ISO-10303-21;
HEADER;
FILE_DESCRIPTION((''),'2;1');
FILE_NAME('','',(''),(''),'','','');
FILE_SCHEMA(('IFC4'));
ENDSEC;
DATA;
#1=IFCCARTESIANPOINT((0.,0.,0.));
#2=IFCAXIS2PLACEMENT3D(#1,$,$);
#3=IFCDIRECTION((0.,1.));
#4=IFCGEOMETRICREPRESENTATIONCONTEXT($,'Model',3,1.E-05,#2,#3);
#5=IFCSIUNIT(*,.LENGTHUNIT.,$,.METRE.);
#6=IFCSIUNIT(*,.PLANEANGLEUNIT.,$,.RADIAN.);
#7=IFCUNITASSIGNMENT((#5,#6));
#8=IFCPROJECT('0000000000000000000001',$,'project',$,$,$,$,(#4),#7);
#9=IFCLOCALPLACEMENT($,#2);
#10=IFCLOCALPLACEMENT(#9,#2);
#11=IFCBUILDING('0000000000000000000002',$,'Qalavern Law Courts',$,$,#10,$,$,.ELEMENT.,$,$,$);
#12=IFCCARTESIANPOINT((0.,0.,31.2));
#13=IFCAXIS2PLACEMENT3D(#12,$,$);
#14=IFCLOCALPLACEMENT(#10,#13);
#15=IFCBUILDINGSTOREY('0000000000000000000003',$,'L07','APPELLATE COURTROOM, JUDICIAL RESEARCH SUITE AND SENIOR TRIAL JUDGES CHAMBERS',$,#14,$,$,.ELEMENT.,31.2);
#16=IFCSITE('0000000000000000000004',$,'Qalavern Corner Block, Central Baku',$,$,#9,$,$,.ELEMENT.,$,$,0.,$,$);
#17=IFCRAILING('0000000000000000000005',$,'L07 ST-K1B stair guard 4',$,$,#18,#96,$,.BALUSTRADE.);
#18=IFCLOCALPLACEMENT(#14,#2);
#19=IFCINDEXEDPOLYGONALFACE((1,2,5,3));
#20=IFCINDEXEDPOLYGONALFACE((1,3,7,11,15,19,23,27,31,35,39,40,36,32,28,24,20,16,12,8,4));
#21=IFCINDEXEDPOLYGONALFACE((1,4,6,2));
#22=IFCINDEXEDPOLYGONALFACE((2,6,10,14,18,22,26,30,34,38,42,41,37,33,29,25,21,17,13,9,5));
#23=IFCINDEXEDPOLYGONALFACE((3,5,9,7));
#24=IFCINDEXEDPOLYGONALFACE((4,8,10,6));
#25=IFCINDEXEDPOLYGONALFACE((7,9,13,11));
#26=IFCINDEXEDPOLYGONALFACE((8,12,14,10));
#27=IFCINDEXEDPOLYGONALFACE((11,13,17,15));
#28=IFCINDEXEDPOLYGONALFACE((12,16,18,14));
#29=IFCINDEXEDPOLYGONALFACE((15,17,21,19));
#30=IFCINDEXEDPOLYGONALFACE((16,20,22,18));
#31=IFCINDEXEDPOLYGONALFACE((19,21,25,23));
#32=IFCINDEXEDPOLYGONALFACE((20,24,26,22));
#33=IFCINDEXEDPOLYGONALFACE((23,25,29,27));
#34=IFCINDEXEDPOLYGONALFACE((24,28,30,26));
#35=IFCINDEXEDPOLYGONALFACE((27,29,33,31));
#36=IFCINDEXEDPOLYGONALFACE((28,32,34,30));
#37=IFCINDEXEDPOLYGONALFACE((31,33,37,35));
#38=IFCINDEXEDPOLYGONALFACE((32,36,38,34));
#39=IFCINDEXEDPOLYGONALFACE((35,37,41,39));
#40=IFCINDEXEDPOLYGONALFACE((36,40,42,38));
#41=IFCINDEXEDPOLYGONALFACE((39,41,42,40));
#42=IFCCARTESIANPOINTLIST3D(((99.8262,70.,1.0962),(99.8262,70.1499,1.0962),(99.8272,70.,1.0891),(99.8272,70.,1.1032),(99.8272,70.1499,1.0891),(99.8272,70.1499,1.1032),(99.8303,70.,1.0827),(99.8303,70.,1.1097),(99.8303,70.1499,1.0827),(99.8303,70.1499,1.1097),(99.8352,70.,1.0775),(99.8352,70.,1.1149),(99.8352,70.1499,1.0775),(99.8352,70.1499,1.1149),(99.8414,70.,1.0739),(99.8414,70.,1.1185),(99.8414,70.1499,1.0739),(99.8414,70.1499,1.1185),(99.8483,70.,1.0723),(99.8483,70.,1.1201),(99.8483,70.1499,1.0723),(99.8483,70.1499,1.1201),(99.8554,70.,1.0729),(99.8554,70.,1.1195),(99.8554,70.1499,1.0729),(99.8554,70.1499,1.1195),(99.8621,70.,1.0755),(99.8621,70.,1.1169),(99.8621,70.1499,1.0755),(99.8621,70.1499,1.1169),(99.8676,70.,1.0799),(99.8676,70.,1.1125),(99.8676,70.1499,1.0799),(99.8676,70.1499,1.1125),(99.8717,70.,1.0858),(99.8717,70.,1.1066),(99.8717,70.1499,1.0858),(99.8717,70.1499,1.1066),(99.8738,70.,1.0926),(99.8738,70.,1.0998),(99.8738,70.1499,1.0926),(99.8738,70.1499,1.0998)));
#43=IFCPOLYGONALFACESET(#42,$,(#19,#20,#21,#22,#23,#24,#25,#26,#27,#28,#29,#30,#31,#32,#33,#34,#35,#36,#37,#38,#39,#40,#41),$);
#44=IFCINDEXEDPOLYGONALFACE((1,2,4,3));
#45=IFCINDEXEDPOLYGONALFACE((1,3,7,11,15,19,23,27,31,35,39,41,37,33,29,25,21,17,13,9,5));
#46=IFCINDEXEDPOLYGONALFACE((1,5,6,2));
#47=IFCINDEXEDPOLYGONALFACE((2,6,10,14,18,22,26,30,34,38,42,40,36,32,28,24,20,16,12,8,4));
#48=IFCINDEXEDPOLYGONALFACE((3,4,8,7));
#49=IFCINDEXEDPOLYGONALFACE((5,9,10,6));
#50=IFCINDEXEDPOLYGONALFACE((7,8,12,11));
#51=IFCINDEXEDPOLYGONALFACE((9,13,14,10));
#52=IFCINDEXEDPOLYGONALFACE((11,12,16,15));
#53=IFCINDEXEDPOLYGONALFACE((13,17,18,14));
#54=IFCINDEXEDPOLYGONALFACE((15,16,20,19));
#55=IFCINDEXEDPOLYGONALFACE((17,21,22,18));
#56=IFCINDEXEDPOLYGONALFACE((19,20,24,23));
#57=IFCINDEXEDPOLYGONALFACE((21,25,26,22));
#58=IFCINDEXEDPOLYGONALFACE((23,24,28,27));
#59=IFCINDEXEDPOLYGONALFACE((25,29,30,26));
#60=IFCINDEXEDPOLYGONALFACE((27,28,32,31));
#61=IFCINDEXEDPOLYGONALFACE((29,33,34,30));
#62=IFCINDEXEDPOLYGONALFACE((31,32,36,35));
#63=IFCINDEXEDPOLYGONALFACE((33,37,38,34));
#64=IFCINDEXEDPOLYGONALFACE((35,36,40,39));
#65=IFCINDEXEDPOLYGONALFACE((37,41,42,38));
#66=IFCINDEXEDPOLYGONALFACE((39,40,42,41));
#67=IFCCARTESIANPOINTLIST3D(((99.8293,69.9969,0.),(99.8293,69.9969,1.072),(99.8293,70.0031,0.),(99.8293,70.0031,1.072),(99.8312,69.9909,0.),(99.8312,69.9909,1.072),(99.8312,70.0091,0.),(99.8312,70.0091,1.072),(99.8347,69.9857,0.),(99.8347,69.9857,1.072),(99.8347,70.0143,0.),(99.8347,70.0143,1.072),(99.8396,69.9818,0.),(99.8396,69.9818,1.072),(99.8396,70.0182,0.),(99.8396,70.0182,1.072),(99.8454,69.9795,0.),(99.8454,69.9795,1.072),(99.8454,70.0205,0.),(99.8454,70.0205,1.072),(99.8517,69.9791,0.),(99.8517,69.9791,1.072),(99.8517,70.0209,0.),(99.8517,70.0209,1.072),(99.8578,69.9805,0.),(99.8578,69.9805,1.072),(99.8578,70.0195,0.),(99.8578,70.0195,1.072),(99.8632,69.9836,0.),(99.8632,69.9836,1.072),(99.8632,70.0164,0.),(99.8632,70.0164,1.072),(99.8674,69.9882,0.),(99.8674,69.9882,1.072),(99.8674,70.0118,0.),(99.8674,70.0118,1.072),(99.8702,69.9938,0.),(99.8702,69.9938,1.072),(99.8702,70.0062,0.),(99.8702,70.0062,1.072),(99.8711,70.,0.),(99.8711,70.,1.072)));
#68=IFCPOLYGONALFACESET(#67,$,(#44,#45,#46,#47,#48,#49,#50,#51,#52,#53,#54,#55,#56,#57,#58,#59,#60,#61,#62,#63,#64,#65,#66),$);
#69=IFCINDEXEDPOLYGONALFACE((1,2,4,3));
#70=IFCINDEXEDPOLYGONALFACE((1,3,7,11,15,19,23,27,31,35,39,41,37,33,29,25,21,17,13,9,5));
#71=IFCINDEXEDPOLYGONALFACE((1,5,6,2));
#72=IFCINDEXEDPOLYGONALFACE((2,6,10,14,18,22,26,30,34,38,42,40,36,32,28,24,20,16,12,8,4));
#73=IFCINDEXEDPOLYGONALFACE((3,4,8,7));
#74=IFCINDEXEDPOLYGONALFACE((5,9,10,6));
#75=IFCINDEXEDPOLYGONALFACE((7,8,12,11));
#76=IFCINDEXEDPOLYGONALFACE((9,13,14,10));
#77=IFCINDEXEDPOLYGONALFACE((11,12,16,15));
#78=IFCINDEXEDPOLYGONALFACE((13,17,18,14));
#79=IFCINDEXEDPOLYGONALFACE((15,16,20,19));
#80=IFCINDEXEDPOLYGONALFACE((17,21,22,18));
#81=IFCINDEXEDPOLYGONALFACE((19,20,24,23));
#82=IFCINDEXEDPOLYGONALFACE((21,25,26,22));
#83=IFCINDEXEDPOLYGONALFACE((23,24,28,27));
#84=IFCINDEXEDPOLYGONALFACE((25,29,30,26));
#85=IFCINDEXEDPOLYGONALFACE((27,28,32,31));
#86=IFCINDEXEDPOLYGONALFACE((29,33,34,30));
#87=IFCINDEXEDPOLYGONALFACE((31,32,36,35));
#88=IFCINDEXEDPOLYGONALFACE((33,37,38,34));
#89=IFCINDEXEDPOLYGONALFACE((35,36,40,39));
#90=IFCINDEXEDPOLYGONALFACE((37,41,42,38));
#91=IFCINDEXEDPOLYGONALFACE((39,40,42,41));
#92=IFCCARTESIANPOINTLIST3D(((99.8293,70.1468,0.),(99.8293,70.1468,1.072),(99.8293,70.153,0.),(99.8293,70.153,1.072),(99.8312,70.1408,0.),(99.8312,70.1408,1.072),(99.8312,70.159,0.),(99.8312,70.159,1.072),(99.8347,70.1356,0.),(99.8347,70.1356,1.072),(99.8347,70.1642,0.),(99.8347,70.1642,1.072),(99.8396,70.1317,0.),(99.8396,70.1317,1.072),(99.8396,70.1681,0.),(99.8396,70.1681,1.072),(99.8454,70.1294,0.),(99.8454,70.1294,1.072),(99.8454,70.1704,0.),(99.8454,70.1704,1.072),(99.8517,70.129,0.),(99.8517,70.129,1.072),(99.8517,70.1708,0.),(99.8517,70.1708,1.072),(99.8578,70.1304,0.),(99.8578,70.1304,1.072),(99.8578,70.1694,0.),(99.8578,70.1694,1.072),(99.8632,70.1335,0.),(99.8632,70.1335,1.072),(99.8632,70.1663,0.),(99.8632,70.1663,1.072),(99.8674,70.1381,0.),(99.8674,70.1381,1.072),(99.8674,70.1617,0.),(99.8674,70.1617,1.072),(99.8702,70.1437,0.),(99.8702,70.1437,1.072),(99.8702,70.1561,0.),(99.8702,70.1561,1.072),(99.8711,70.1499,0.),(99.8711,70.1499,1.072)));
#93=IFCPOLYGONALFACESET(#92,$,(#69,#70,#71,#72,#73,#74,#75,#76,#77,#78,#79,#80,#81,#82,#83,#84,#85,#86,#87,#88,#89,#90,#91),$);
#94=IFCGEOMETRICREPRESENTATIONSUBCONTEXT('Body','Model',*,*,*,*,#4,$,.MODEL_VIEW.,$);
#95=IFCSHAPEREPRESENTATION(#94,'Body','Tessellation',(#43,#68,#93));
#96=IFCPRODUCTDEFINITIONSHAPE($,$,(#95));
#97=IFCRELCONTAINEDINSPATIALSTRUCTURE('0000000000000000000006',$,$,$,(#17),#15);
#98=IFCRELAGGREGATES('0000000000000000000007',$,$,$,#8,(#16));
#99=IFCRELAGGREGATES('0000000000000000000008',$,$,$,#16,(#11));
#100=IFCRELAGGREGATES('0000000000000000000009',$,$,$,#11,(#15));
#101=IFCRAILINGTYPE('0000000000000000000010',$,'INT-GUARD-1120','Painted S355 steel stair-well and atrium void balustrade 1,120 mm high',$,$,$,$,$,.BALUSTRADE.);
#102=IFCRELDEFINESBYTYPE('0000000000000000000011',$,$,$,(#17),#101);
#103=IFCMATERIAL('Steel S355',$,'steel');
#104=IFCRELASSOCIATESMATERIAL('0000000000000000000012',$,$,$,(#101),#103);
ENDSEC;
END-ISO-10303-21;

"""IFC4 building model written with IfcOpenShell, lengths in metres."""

from ifc_helpers import new_model, si_unit, direction, frame, origin, origin_2d, place, context, subcontext, project, spatial, circle, extrude, material, type_object, element, save


model = new_model("IFC4")

# Units and contexts
model_context = context("Model", 3, precision=1e-05, world=origin(), true_north=direction((0.0, 1.0)))
body_context = subcontext(model_context, "Body", "Model", "MODEL_VIEW")
ifc_project = project(units=[si_unit("LENGTHUNIT", "METRE"), si_unit("PLANEANGLEUNIT", "RADIAN")], contexts=[model_context])

# Site, building, storey
site_placement = place(None, origin())
site = spatial("IfcSite", under=ifc_project, at=site_placement, Name="Qalavern Corner Block, Central Baku", CompositionType="ELEMENT", RefElevation=0.0)
building_placement = place(site_placement, origin())
building = spatial("IfcBuilding", under=site, at=building_placement, Name="Qalavern Law Courts", CompositionType="ELEMENT")
storey_placement = place(building_placement, frame((0.0, 0.0, 31.2)))
storey = spatial("IfcBuildingStorey", under=building, at=storey_placement, Name="L07", Description="APPELLATE COURTROOM, JUDICIAL RESEARCH SUITE AND SENIOR TRIAL JUDGES CHAMBERS", CompositionType="ELEMENT", Elevation=31.2)

# Shared definitions
ifc_material_1 = material(Name="Steel S355", Category="steel")

# Railing
railing_type_1 = type_object("IfcRailingType", Name="INT-GUARD-1120", Description="Painted S355 steel stair-well and atrium void balustrade 1,120 mm high", PredefinedType="BALUSTRADE", material=ifc_material_1)
railing_1_placement = place(storey_placement, frame((99.8501, 70.0, 0.0)))
element("IfcRailing", 1, at=railing_1_placement, inside=storey, type_object=railing_type_1, Name="L07 ST-K1B stair guard 4", PredefinedType="BALUSTRADE", context=body_context, shape_type="SweptSolid", body=[
    extrude(circle(Radius=0.0239, at=origin_2d()), frame((0.0, 0.0, 1.0962), z_axis=(0.0, 1.0, 0.0), x_axis=(-1.0, 0.0, 0.0)), (0.0, 0.0, 1.0), 0.1499),
    extrude(circle(Radius=0.021, at=origin_2d()), origin(), (0.0, 0.0, 1.0), 1.072),
    extrude(circle(Radius=0.021, at=origin_2d()), frame((0.0, 0.1499, 0.0)), (0.0, 0.0, 1.0), 1.072),
])

save(model, "model.ifc")
